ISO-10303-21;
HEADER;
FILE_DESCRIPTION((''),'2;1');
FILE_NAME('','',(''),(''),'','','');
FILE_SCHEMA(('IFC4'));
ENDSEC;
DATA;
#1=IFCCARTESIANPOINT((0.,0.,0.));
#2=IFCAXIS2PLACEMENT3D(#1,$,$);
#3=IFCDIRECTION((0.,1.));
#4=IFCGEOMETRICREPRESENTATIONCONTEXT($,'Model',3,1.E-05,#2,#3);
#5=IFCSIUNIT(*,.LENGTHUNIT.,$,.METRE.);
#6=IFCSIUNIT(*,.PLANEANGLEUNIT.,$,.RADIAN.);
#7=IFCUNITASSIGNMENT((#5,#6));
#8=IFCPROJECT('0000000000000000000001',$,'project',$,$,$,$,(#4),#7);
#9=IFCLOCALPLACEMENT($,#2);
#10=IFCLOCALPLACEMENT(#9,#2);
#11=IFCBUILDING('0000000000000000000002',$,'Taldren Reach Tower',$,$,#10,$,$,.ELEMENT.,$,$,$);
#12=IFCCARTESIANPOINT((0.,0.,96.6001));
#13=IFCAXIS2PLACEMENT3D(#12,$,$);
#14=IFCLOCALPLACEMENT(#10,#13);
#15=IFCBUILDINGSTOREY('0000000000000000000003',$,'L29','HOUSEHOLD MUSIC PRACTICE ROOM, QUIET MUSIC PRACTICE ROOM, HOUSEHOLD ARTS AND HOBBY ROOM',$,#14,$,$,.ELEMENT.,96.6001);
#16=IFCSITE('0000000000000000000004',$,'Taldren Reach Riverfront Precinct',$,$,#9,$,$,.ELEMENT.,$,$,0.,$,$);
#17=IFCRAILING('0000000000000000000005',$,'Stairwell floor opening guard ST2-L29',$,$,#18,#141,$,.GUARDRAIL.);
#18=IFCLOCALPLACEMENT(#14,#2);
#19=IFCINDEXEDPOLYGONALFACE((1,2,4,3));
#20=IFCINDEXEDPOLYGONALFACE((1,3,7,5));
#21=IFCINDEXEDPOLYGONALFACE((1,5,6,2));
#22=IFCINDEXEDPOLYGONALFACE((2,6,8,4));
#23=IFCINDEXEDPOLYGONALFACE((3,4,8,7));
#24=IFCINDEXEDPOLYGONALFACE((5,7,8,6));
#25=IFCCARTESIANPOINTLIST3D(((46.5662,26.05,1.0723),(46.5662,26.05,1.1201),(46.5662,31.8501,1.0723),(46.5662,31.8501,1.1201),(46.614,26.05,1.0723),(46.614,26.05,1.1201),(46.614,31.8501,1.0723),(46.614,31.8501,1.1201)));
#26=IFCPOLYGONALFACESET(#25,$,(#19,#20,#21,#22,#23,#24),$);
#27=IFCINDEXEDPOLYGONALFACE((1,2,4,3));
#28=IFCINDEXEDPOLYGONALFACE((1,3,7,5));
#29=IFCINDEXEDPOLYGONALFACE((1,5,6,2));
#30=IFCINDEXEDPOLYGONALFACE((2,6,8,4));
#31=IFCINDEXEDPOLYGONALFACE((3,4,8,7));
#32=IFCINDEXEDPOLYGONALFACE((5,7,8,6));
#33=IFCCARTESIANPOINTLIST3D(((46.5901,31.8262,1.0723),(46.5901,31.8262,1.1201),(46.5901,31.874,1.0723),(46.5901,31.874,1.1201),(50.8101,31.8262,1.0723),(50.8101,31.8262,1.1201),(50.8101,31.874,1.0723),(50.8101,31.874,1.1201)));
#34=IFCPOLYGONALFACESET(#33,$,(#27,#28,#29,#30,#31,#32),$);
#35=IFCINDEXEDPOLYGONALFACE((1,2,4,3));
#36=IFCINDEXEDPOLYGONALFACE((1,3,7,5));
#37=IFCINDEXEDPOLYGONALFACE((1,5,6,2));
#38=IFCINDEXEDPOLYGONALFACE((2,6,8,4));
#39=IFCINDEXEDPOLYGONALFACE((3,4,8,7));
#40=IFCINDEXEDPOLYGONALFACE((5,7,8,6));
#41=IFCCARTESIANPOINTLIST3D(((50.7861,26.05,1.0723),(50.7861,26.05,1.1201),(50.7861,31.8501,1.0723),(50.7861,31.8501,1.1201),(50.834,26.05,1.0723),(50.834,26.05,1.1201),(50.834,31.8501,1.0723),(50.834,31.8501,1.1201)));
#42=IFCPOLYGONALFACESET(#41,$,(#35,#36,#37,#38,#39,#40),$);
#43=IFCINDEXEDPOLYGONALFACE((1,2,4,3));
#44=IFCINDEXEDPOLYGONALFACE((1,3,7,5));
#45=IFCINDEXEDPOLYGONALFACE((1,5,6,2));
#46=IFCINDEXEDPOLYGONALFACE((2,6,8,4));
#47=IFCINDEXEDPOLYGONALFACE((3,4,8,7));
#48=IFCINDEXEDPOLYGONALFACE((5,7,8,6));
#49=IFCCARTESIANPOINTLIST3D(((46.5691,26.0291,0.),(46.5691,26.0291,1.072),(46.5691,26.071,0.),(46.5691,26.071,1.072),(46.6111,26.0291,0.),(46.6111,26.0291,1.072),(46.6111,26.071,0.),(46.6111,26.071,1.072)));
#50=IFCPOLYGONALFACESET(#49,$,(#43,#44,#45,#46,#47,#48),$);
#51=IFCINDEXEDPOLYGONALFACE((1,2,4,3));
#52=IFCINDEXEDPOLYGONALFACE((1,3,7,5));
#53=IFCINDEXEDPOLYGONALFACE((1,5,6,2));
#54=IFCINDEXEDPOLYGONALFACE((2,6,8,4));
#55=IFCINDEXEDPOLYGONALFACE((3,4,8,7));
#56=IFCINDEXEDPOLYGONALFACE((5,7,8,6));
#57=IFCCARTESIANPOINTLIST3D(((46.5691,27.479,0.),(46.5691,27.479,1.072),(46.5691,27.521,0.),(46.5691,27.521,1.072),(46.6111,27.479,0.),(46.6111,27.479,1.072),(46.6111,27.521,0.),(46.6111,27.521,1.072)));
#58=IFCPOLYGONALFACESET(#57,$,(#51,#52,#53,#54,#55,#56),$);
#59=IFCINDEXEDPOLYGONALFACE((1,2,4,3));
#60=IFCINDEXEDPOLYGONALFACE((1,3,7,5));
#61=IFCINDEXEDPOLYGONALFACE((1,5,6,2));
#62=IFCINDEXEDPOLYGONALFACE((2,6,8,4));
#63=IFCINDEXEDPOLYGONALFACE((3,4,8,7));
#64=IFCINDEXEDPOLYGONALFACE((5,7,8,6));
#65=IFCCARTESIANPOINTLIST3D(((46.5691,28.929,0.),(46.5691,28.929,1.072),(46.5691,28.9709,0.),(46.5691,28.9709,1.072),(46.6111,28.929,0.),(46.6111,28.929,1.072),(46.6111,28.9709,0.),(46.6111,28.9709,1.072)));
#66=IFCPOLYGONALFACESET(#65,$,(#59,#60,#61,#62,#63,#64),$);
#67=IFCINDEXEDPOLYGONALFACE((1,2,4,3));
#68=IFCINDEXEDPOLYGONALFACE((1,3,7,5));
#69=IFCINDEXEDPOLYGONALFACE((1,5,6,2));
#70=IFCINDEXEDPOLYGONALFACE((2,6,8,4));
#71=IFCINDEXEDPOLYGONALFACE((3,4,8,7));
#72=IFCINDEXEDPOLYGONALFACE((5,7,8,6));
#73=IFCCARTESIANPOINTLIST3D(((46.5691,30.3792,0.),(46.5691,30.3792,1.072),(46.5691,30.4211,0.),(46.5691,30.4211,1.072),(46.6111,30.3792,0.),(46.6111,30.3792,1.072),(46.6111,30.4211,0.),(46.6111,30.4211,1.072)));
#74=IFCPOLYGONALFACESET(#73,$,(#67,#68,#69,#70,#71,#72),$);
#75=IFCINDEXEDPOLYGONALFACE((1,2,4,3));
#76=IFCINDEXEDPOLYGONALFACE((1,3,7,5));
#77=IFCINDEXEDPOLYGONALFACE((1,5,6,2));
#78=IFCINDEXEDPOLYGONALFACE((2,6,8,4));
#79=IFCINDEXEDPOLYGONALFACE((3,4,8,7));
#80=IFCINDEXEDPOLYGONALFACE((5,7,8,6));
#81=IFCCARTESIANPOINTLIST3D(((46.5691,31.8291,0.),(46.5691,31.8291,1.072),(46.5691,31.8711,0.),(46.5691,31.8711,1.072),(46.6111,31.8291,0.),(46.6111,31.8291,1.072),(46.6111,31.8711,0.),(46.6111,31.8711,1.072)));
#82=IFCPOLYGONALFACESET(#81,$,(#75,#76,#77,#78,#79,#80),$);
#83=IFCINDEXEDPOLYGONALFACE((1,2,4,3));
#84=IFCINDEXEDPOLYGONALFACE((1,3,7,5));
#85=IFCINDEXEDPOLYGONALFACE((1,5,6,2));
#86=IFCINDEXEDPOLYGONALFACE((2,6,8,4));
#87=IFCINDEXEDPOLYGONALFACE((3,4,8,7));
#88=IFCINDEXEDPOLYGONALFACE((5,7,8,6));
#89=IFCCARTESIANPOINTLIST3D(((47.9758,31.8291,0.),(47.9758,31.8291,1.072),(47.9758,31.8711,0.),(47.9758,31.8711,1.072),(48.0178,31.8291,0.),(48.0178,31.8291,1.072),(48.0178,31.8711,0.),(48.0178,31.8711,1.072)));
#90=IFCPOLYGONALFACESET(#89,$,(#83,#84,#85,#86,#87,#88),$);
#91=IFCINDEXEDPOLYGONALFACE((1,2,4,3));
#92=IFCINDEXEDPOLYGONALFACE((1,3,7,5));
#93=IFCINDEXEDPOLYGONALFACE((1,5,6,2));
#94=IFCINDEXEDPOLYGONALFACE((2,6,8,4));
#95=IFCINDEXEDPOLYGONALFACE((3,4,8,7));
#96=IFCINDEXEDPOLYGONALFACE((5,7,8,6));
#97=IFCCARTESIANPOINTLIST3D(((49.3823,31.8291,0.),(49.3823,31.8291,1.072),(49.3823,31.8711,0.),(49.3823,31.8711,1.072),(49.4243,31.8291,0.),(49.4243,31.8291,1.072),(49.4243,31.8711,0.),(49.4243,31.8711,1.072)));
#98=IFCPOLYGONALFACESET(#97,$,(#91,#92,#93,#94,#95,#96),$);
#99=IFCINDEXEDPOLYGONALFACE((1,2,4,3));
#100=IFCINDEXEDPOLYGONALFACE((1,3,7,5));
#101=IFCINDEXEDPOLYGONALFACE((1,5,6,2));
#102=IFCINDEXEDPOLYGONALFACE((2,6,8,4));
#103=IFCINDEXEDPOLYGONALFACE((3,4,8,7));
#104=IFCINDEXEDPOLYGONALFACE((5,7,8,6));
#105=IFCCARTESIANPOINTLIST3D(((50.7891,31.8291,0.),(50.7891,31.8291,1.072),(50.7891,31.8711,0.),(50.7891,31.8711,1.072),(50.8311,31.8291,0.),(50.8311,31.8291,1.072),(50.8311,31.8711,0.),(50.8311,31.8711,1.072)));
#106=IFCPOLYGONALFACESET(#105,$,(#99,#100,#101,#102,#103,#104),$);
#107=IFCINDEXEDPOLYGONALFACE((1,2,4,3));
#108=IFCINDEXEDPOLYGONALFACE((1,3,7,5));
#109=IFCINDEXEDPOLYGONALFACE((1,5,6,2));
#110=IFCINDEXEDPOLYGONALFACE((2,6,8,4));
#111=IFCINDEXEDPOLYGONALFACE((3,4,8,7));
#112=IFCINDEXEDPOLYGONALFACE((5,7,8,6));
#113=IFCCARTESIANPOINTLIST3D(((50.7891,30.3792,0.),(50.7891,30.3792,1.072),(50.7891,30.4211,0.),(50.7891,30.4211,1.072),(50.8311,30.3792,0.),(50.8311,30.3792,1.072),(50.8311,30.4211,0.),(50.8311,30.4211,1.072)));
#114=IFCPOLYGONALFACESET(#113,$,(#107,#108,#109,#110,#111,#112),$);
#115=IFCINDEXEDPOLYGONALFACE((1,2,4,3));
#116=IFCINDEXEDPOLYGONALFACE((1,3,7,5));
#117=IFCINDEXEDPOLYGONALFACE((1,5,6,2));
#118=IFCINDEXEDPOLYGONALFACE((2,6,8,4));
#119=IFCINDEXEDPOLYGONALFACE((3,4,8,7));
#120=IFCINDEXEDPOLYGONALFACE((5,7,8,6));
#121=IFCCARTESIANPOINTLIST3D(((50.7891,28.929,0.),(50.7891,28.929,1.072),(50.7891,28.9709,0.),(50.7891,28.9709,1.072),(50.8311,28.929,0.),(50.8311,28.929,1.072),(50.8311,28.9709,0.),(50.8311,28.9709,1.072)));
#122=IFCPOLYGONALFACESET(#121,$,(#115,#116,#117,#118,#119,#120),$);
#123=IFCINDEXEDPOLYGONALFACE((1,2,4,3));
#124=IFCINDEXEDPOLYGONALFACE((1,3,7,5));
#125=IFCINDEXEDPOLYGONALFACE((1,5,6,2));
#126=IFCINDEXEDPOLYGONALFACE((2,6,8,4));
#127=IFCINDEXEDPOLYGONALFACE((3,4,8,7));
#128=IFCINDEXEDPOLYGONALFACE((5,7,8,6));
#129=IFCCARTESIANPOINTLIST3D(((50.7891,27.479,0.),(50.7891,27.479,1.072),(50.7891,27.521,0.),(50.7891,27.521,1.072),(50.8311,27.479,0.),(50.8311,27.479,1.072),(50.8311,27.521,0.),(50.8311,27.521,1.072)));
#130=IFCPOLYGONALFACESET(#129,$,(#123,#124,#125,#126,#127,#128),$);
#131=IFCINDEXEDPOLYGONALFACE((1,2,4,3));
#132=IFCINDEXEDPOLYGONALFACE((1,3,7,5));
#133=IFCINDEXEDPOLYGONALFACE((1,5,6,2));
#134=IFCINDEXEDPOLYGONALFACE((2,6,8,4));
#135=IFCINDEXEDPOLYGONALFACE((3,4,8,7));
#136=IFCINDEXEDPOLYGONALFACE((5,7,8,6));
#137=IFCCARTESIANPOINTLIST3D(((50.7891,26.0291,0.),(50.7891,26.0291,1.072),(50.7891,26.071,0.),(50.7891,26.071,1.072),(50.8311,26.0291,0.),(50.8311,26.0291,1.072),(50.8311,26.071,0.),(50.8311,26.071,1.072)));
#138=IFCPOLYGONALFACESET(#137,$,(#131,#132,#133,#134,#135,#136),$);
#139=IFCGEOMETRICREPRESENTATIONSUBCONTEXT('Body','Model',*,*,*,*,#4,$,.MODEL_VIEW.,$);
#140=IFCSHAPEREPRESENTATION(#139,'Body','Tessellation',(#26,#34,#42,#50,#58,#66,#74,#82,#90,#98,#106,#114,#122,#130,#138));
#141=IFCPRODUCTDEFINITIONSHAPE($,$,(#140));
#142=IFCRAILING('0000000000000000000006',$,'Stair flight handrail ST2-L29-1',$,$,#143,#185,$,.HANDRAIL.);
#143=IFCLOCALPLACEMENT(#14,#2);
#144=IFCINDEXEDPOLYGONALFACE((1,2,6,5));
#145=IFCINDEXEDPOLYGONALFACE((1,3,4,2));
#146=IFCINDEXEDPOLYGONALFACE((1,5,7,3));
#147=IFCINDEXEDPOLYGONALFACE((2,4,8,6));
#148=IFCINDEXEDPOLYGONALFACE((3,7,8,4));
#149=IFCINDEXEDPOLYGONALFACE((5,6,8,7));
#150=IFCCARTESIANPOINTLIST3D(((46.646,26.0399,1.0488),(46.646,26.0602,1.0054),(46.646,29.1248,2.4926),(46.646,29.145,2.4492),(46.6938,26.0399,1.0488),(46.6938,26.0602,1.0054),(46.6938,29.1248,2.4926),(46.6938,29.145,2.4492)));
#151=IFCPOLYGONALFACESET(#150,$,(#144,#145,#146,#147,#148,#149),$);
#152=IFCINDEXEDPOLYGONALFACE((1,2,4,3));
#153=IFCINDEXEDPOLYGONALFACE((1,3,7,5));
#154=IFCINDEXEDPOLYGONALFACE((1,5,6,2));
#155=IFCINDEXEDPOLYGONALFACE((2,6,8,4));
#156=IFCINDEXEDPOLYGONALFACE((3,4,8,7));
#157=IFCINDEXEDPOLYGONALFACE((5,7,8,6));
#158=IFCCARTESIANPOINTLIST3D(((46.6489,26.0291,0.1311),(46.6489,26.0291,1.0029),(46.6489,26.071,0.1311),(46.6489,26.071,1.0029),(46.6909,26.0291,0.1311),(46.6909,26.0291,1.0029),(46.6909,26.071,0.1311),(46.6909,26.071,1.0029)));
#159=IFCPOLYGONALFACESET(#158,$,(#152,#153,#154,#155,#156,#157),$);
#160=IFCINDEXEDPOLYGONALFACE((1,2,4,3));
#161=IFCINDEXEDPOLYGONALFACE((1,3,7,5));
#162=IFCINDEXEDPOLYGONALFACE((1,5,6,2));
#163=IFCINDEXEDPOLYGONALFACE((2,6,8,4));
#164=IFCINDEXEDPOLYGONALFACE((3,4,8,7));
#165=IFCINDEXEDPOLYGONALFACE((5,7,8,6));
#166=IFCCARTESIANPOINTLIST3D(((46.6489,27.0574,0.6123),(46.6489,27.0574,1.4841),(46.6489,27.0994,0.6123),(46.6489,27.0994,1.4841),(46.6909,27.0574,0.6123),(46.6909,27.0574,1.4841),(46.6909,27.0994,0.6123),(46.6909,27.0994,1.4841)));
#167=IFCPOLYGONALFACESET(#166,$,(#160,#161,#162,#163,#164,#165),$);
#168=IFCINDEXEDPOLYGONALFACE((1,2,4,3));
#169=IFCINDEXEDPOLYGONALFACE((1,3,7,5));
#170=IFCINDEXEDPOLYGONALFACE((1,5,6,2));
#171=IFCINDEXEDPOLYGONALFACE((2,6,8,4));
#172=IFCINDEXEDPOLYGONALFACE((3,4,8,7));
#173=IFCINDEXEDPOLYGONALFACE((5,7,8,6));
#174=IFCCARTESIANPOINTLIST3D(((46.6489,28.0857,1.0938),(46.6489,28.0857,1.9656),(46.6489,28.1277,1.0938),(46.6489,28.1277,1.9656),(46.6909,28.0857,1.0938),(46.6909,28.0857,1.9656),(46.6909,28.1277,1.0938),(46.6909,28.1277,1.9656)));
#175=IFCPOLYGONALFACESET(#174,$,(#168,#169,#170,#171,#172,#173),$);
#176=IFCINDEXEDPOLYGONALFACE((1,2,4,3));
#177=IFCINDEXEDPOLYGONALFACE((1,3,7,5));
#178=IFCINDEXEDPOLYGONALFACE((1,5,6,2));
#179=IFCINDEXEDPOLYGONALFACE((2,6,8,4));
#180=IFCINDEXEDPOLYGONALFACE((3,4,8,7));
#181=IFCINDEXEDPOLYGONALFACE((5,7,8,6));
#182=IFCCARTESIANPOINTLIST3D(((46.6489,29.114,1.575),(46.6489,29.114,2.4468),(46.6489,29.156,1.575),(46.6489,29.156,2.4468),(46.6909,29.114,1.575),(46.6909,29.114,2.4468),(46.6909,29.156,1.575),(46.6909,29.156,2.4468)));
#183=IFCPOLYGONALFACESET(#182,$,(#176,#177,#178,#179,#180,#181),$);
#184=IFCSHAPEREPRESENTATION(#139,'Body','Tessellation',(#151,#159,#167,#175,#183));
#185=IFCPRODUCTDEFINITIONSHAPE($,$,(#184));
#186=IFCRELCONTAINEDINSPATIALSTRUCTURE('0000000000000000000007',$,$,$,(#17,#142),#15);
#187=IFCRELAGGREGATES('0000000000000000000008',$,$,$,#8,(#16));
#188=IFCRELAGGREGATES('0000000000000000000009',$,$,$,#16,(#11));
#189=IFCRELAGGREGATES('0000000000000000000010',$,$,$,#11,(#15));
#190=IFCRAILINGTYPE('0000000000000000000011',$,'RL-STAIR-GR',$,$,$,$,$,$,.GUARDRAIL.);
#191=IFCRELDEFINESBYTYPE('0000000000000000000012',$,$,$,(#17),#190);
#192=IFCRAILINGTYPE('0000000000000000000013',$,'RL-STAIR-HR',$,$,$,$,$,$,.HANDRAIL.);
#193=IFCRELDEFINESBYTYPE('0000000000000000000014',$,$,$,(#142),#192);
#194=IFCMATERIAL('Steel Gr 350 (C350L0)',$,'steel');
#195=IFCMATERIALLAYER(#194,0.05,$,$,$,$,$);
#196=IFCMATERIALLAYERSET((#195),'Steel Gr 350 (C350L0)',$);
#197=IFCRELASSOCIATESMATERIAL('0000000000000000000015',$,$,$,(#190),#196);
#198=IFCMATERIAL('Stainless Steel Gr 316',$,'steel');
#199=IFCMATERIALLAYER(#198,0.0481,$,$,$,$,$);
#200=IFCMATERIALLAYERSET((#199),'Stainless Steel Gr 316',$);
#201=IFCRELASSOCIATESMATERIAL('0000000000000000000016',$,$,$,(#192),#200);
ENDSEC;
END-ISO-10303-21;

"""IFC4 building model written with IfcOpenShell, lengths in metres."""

from ifc_helpers import new_model, si_unit, direction, frame, origin, origin_2d, place, context, subcontext, project, spatial, rectangle, extrude, material, layer, layer_set, type_object, element, save


model = new_model("IFC4")

# Units and contexts
model_context = context("Model", 3, precision=1e-05, world=origin(), true_north=direction((0.0, 1.0)))
body_context = subcontext(model_context, "Body", "Model", "MODEL_VIEW")
ifc_project = project(units=[si_unit("LENGTHUNIT", "METRE"), si_unit("PLANEANGLEUNIT", "RADIAN")], contexts=[model_context])

# Site, building, storey
site_placement = place(None, origin())
site = spatial("IfcSite", under=ifc_project, at=site_placement, Name="Taldren Reach Riverfront Precinct", CompositionType="ELEMENT", RefElevation=0.0)
building_placement = place(site_placement, origin())
building = spatial("IfcBuilding", under=site, at=building_placement, Name="Taldren Reach Tower", CompositionType="ELEMENT")
storey_placement = place(building_placement, frame((0.0, 0.0, 96.6001)))
storey = spatial("IfcBuildingStorey", under=building, at=storey_placement, Name="L29", Description="HOUSEHOLD MUSIC PRACTICE ROOM, QUIET MUSIC PRACTICE ROOM, HOUSEHOLD ARTS AND HOBBY ROOM", CompositionType="ELEMENT", Elevation=96.6001)

# Shared definitions
ifc_material_1 = material(Name="Steel Gr 350 (C350L0)", Category="steel")

# Railings
ifc_layer_1 = layer(ifc_material_1, 0.05)
ifc_layer_set_1 = layer_set([ifc_layer_1], Name="Steel Gr 350 (C350L0)")
railing_type_1 = type_object("IfcRailingType", Name="RL-STAIR-GR", PredefinedType="GUARDRAIL", material=ifc_layer_set_1)
railing_1_placement = place(storey_placement, frame((46.5901, 26.05, 0.0)))
element("IfcRailing", 1, at=railing_1_placement, inside=storey, type_object=railing_type_1, Name="Stairwell floor opening guard ST2-L29", PredefinedType="GUARDRAIL", context=body_context, shape_type="SweptSolid", body=[
    extrude(rectangle(XDim=0.0479, YDim=0.0479, at=origin_2d()), frame((0.0, 0.0, 1.0962), z_axis=(0.0, 1.0, 0.0), x_axis=(-1.0, 0.0, 0.0)), (0.0, 0.0, 1.0), 5.8),
    extrude(rectangle(XDim=0.0479, YDim=0.0479, at=origin_2d()), frame((0.0, 5.8, 1.0962), z_axis=(1.0, 0.0, 0.0), x_axis=(0.0, 1.0, 0.0)), (0.0, 0.0, 1.0), 4.22),
    extrude(rectangle(XDim=0.0479, YDim=0.0479, at=origin_2d()), frame((4.22, 5.8, 1.0962), z_axis=(0.0, -1.0, 0.0), x_axis=(1.0, 0.0, 0.0)), (0.0, 0.0, 1.0), 5.8),
    extrude(rectangle(XDim=0.042, YDim=0.042, at=origin_2d()), origin(), (0.0, 0.0, 1.0), 1.072),
    extrude(rectangle(XDim=0.042, YDim=0.042, at=origin_2d()), frame((0.0, 1.45, 0.0)), (0.0, 0.0, 1.0), 1.072),
    extrude(rectangle(XDim=0.042, YDim=0.042, at=origin_2d()), frame((0.0, 2.8999, 0.0)), (0.0, 0.0, 1.0), 1.072),
    extrude(rectangle(XDim=0.042, YDim=0.042, at=origin_2d()), frame((0.0, 4.3501, 0.0)), (0.0, 0.0, 1.0), 1.072),
    extrude(rectangle(XDim=0.042, YDim=0.042, at=origin_2d()), frame((0.0, 5.8, 0.0)), (0.0, 0.0, 1.0), 1.072),
    extrude(rectangle(XDim=0.042, YDim=0.042, at=origin_2d()), frame((1.4067, 5.8, 0.0)), (0.0, 0.0, 1.0), 1.072),
    extrude(rectangle(XDim=0.042, YDim=0.042, at=origin_2d()), frame((2.8132, 5.8, 0.0)), (0.0, 0.0, 1.0), 1.072),
    extrude(rectangle(XDim=0.042, YDim=0.042, at=origin_2d()), frame((4.22, 5.8, 0.0)), (0.0, 0.0, 1.0), 1.072),
    extrude(rectangle(XDim=0.042, YDim=0.042, at=origin_2d()), frame((4.22, 4.3501, 0.0)), (0.0, 0.0, 1.0), 1.072),
    extrude(rectangle(XDim=0.042, YDim=0.042, at=origin_2d()), frame((4.22, 2.8999, 0.0)), (0.0, 0.0, 1.0), 1.072),
    extrude(rectangle(XDim=0.042, YDim=0.042, at=origin_2d()), frame((4.22, 1.45, 0.0)), (0.0, 0.0, 1.0), 1.072),
    extrude(rectangle(XDim=0.042, YDim=0.042, at=origin_2d()), frame((4.22, 0.0, 0.0)), (0.0, 0.0, 1.0), 1.072),
])
ifc_material_2 = material(Name="Stainless Steel Gr 316", Category="steel")
ifc_layer_2 = layer(ifc_material_2, 0.0481)
ifc_layer_set_2 = layer_set([ifc_layer_2], Name="Stainless Steel Gr 316")
railing_type_2 = type_object("IfcRailingType", Name="RL-STAIR-HR", PredefinedType="HANDRAIL", material=ifc_layer_set_2)
railing_2_placement = place(storey_placement, frame((46.6699, 26.05, 0.1311)))
element("IfcRailing", 2, at=railing_2_placement, inside=storey, type_object=railing_type_2, Name="Stair flight handrail ST2-L29-1", PredefinedType="HANDRAIL", context=body_context, shape_type="SweptSolid", body=[
    extrude(rectangle(XDim=0.0479, YDim=0.0479, at=origin_2d()), frame((0.0, 0.0, 0.896), z_axis=(0.0, 0.90571, 0.423898), x_axis=(-1.0, 0.0, 0.0)), (0.0, 0.0, 1.0), 3.406),
    extrude(rectangle(XDim=0.042, YDim=0.042, at=origin_2d()), origin(), (0.0, 0.0, 1.0), 0.8718),
    extrude(rectangle(XDim=0.042, YDim=0.042, at=origin_2d()), frame((0.0, 1.0283, 0.4812)), (0.0, 0.0, 1.0), 0.8718),
    extrude(rectangle(XDim=0.042, YDim=0.042, at=origin_2d()), frame((0.0, 2.0566, 0.9626)), (0.0, 0.0, 1.0), 0.8718),
    extrude(rectangle(XDim=0.042, YDim=0.042, at=origin_2d()), frame((0.0, 3.085, 1.4438)), (0.0, 0.0, 1.0), 0.8718),
])

save(model, "model.ifc")
